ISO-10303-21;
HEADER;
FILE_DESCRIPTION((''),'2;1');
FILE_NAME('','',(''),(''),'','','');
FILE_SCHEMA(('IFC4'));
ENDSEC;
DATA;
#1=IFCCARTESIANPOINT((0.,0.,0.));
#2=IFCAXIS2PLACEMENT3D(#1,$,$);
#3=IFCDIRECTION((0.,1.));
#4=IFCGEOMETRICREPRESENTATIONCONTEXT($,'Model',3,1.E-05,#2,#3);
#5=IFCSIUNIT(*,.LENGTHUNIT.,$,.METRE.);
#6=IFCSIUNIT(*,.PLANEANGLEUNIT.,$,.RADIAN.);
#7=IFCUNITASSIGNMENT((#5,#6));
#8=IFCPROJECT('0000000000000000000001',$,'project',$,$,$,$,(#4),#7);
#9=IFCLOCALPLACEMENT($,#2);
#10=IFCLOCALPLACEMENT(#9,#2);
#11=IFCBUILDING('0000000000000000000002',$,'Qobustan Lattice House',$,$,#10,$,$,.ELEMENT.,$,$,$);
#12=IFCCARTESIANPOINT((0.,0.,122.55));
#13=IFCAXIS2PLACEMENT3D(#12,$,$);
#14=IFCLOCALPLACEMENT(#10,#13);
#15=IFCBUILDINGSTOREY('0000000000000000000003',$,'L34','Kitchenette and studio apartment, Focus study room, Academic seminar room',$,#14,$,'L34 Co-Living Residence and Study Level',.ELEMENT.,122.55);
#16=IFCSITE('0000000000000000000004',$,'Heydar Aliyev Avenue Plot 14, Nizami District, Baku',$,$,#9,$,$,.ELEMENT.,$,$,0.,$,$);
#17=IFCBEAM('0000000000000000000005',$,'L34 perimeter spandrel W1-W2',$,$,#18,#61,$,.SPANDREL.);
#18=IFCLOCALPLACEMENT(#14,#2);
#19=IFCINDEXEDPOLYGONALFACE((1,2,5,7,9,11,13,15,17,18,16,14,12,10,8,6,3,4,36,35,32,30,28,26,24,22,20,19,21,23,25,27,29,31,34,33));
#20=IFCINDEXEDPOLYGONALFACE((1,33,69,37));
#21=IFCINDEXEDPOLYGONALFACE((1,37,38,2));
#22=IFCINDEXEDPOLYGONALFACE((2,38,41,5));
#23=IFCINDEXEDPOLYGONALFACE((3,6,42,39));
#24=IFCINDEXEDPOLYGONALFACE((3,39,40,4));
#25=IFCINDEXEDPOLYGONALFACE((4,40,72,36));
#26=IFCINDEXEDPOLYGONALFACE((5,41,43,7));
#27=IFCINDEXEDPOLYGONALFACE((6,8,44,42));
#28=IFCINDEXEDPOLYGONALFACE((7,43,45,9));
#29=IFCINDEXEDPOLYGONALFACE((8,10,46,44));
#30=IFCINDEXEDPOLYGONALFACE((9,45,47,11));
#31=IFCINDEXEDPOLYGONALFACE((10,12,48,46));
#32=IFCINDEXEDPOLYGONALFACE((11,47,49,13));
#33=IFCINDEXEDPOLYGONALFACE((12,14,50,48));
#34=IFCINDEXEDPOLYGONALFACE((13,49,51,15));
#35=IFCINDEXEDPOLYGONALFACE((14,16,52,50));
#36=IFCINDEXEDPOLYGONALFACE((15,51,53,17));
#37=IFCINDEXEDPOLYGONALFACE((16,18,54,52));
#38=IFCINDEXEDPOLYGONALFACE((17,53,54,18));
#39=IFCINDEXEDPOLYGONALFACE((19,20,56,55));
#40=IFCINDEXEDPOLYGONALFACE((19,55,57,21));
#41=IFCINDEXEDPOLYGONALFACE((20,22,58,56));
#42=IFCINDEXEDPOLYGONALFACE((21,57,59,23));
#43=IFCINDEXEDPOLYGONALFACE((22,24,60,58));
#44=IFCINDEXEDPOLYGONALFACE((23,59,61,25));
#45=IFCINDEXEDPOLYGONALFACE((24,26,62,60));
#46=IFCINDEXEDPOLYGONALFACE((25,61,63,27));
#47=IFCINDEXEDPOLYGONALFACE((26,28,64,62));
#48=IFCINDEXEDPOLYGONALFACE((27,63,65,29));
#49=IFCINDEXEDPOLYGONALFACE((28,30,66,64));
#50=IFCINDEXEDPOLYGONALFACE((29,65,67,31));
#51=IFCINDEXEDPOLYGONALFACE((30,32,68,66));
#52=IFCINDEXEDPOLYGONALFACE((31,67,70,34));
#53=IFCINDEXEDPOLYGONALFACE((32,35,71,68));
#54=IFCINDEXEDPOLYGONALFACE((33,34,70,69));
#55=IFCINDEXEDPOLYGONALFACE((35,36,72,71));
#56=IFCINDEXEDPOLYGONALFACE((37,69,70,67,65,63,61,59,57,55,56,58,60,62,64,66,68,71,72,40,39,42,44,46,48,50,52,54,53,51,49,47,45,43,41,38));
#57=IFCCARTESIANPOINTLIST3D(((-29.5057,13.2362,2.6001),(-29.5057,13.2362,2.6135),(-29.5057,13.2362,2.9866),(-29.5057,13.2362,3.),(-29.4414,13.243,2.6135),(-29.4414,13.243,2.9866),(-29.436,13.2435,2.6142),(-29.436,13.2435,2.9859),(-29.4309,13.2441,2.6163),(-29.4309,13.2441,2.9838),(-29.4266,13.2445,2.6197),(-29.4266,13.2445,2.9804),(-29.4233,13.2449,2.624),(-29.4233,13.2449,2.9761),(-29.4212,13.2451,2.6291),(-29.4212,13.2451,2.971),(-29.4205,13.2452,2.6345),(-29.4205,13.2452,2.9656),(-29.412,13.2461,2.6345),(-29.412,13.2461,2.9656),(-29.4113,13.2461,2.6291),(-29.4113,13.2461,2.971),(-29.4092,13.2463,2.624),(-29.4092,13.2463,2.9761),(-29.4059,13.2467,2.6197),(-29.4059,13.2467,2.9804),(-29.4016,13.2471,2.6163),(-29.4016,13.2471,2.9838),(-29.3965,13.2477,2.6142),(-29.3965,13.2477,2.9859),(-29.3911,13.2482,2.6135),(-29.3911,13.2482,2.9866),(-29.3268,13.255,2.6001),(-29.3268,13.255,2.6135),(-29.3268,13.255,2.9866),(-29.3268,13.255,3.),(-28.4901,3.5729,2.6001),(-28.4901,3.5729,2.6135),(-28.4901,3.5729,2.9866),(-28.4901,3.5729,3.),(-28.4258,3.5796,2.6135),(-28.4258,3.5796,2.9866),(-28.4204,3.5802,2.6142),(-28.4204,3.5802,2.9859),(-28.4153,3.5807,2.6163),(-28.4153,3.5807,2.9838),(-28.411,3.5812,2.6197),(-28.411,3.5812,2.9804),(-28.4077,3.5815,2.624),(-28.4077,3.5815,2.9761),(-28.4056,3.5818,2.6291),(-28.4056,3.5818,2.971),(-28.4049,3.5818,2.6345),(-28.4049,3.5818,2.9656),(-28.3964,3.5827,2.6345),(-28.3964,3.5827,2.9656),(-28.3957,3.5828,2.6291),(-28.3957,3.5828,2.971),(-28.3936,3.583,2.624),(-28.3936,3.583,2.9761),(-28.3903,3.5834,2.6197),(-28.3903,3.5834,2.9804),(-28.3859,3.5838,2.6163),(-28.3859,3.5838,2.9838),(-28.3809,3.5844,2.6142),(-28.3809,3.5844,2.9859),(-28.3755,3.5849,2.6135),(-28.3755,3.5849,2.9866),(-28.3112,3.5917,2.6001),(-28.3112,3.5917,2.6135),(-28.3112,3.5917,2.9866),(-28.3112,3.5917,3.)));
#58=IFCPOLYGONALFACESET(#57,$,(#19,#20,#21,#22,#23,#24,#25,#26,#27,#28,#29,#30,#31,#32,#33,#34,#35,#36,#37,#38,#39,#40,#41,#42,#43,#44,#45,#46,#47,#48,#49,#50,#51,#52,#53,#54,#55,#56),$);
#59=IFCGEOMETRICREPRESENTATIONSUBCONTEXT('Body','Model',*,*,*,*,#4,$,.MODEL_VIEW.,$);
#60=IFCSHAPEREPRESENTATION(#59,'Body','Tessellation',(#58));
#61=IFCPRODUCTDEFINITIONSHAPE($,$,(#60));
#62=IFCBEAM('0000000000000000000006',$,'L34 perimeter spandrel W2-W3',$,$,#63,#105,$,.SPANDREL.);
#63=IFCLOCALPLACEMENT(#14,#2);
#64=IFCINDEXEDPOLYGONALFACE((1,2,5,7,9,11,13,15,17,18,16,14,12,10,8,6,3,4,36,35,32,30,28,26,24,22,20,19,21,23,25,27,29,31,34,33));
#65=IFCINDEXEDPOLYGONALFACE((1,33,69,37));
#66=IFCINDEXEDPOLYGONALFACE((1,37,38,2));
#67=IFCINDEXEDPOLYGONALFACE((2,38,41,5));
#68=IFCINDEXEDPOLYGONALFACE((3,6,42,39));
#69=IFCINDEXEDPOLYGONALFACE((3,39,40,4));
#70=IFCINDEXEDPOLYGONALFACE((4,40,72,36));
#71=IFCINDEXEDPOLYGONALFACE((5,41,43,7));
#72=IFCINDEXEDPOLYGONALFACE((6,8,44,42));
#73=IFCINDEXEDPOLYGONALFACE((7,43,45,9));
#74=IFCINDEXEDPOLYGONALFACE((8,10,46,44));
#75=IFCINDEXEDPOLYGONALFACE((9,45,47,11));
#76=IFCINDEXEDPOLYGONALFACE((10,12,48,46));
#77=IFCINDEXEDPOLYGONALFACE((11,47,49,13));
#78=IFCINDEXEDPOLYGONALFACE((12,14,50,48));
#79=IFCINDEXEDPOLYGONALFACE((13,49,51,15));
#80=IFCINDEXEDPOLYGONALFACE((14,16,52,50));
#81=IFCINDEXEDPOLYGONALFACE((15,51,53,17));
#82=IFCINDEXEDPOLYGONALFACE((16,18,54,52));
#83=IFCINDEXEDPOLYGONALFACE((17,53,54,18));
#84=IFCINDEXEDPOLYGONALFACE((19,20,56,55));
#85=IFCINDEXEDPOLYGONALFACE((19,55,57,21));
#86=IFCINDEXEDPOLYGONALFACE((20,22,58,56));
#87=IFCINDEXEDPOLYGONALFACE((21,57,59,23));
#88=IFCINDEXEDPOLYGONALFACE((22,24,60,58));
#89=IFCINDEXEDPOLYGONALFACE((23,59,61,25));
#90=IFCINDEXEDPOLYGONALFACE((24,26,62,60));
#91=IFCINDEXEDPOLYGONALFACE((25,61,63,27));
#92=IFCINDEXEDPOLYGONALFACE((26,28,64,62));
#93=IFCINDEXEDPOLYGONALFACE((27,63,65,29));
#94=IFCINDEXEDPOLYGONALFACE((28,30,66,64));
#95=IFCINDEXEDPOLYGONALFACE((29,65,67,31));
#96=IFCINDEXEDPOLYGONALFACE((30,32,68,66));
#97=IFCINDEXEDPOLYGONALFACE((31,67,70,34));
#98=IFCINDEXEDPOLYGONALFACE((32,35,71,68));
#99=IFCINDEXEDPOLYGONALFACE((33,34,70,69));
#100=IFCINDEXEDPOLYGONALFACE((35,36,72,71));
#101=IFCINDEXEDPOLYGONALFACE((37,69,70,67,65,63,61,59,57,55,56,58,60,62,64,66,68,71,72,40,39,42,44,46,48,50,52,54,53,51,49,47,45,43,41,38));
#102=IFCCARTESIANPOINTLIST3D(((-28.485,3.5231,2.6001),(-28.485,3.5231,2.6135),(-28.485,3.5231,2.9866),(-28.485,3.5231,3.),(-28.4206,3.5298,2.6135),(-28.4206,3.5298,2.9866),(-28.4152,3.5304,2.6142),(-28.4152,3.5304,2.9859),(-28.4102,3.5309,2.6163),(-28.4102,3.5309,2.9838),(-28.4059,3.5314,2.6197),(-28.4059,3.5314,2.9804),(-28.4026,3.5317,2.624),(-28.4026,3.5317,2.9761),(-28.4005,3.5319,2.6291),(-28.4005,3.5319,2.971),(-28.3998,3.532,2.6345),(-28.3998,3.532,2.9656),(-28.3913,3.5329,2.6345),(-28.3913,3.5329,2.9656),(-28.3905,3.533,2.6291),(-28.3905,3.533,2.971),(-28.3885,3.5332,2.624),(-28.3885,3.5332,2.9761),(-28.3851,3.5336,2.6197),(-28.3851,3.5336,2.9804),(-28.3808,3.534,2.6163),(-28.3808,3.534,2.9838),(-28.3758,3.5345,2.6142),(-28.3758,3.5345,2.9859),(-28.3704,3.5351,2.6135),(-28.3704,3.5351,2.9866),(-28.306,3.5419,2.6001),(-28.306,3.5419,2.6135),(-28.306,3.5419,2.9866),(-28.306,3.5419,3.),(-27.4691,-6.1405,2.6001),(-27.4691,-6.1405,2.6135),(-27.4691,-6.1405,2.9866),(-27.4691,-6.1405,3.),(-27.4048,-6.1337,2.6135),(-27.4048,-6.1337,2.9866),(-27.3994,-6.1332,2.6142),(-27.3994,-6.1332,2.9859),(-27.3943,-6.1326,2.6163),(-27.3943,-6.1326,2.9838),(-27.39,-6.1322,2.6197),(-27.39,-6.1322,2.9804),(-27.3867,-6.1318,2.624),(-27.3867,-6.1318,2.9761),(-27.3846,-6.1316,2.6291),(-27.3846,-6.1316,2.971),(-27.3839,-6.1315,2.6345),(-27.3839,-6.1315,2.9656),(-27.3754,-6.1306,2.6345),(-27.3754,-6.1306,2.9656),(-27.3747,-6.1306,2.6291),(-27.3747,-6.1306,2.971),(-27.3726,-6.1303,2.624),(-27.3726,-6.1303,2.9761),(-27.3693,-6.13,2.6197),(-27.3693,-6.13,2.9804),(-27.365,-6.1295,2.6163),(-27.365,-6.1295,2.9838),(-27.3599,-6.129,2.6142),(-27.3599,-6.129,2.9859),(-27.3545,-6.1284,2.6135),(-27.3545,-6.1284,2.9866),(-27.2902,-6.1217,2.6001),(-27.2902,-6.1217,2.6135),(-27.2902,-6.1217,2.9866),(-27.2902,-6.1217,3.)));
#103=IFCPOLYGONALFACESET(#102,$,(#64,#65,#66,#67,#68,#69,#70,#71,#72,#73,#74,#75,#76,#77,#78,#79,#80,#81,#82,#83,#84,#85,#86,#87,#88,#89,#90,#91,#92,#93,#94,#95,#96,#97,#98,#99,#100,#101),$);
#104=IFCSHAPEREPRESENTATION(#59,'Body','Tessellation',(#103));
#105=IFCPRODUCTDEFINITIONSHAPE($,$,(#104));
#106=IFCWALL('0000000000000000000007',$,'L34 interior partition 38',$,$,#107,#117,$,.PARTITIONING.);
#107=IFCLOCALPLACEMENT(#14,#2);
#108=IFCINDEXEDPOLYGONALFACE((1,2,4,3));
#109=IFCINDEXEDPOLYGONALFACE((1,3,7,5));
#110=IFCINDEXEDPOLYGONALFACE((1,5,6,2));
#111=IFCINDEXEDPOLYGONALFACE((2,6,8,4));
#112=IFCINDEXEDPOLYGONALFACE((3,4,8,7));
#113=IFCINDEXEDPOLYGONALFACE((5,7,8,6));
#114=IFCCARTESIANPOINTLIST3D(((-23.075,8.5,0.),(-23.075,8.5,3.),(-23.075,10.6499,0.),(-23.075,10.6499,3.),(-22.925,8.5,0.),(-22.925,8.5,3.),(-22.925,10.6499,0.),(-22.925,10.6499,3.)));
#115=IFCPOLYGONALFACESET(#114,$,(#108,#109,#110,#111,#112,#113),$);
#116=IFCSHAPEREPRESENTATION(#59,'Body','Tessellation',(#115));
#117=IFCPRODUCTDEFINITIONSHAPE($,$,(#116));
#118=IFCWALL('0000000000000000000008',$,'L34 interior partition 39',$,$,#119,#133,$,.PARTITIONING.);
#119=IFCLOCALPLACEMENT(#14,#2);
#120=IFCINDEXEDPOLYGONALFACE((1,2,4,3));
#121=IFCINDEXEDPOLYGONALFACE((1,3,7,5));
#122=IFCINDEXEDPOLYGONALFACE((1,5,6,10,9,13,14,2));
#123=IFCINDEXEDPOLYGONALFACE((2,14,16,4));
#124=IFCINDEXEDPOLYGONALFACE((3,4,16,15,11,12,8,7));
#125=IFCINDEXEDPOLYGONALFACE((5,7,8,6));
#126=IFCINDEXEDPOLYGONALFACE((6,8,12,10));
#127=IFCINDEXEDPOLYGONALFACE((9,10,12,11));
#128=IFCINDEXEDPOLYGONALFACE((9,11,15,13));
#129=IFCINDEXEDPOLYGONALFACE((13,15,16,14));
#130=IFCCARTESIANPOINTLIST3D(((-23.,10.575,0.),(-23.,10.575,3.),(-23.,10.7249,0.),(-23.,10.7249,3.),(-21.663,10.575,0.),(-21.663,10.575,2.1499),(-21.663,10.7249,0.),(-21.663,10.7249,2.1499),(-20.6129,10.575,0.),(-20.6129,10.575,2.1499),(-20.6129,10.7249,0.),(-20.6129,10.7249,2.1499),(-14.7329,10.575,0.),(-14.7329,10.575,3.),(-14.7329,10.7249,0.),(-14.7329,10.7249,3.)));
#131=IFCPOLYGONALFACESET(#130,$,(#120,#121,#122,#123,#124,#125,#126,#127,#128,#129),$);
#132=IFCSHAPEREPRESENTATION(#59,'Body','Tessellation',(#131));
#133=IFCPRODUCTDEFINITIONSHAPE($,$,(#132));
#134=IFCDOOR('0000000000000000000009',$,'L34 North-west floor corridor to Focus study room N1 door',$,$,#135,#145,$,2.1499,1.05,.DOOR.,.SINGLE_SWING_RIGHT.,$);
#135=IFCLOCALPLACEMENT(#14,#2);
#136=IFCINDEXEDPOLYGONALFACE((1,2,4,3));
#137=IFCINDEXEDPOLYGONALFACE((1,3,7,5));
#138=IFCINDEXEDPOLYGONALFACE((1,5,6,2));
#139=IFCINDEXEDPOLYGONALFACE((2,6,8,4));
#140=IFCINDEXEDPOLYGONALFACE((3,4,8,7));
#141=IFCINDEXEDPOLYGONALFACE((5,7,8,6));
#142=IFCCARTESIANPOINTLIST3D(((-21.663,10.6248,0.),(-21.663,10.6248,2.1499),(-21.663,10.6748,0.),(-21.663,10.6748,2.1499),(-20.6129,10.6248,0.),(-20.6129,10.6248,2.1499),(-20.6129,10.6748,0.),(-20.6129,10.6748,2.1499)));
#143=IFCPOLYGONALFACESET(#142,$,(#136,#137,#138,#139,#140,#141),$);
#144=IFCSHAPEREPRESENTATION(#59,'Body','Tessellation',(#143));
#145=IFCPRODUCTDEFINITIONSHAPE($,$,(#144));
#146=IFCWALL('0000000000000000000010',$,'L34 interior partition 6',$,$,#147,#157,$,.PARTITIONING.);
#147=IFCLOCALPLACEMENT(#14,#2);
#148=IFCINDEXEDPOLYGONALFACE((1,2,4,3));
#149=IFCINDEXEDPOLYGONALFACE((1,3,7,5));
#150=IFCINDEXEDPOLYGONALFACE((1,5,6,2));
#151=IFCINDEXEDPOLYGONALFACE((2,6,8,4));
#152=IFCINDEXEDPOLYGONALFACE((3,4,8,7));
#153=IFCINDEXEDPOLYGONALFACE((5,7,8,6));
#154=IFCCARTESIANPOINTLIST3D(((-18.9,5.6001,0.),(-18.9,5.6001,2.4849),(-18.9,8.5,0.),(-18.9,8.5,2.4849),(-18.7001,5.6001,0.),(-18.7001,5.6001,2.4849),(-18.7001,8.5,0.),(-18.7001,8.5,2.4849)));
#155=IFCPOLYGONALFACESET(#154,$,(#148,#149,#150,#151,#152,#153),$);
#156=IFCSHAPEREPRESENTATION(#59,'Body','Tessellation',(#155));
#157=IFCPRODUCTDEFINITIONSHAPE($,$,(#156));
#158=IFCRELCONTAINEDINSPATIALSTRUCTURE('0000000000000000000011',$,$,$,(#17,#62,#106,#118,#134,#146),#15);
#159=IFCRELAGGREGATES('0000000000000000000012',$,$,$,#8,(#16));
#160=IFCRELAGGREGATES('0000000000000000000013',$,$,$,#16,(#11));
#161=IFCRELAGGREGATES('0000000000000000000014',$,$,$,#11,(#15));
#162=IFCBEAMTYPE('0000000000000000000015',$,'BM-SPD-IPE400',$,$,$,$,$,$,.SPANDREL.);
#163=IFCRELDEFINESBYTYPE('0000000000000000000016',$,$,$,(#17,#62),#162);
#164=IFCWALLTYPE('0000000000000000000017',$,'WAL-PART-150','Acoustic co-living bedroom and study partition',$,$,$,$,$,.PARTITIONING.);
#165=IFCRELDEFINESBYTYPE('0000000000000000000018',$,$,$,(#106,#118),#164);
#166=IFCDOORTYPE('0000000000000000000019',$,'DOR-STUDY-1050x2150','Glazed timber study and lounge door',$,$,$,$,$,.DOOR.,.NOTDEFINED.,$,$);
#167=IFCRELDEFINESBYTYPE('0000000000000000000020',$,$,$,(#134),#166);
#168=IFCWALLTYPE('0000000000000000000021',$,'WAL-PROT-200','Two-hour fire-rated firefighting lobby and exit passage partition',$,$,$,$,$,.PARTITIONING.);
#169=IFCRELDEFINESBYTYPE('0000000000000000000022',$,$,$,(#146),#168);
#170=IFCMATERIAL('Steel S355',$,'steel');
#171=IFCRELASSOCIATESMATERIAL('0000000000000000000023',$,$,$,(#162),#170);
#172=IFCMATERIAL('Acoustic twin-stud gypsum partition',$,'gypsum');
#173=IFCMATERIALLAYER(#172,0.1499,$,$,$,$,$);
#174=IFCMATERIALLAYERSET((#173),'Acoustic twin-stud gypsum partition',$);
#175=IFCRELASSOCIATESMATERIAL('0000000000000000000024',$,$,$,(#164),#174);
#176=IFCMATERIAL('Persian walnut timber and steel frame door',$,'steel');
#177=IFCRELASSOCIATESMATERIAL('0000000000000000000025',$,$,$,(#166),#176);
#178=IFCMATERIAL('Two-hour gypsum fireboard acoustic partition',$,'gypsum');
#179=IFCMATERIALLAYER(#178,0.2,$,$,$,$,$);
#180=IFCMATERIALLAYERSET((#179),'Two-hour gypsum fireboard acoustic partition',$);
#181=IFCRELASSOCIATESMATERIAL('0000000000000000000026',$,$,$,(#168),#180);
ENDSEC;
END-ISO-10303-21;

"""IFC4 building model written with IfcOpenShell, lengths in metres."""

from ifc_helpers import new_model, si_unit, direction, frame, frame_2d, origin, origin_2d, place, context, subcontext, project, spatial, rectangle, i_section, extrude, material, layer, layer_set, material_profile, profile_set, type_object, element, fill, save


model = new_model("IFC4")

# Units and contexts
model_context = context("Model", 3, precision=1e-05, world=origin(), true_north=direction((0.0, 1.0)))
body_context = subcontext(model_context, "Body", "Model", "MODEL_VIEW")
ifc_project = project(units=[si_unit("LENGTHUNIT", "METRE"), si_unit("PLANEANGLEUNIT", "RADIAN")], contexts=[model_context])

# Site, building, storey
site_placement = place(None, origin())
site = spatial("IfcSite", under=ifc_project, at=site_placement, Name="Heydar Aliyev Avenue Plot 14, Nizami District, Baku", CompositionType="ELEMENT", RefElevation=0.0)
building_placement = place(site_placement, origin())
building = spatial("IfcBuilding", under=site, at=building_placement, Name="Qobustan Lattice House", CompositionType="ELEMENT")
storey_placement = place(building_placement, frame((0.0, 0.0, 122.55)))
storey = spatial("IfcBuildingStorey", under=building, at=storey_placement, Name="L34", Description="Kitchenette and studio apartment, Focus study room, Academic seminar room", LongName="L34 Co-Living Residence and Study Level", CompositionType="ELEMENT", Elevation=122.55)

# Beams
ifc_material_1 = material(Name="Steel S355", Category="steel")
ifc_material_profile_1 = material_profile(ifc_material_1, i_section(OverallWidth=0.1799, OverallDepth=0.3999, WebThickness=0.0085, FlangeThickness=0.0134, FilletRadius=0.021, at=origin_2d()), Name="IPE400")
ifc_profile_set_1 = profile_set([ifc_material_profile_1], Name="Steel S355")
beam_type_1 = type_object("IfcBeamType", Name="BM-SPD-IPE400", PredefinedType="SPANDREL", material=ifc_profile_set_1)
beam_1_placement = place(storey_placement, frame((-29.4163, 13.2456, 2.8), z_axis=(0.104525, -0.994522, 0.0), x_axis=(0.994522, 0.104525, 0.0)))
element("IfcBeam", 1, at=beam_1_placement, inside=storey, type_object=beam_type_1, Name="L34 perimeter spandrel W1-W2", PredefinedType="SPANDREL", context=body_context, shape_type="SweptSolid", body=[
    extrude(i_section(OverallWidth=0.1799, OverallDepth=0.3999, WebThickness=0.0085, FlangeThickness=0.0134, FilletRadius=0.021, at=origin_2d()), origin(), (0.0, 0.0, 1.0), 9.7166),
])
beam_2_placement = place(storey_placement, frame((-28.3955, 3.5325, 2.8), z_axis=(0.104547, -0.99452, 0.0), x_axis=(0.99452, 0.104547, 0.0)))
element("IfcBeam", 2, at=beam_2_placement, inside=storey, type_object=beam_type_1, Name="L34 perimeter spandrel W2-W3", PredefinedType="SPANDREL", context=body_context, shape_type="SweptSolid", body=[
    extrude(i_section(OverallWidth=0.1799, OverallDepth=0.3999, WebThickness=0.0085, FlangeThickness=0.0134, FilletRadius=0.021, at=origin_2d()), origin(), (0.0, 0.0, 1.0), 9.7168),
])

# Shared definitions
ifc_material_2 = material(Name="Acoustic twin-stud gypsum partition", Category="gypsum")
ifc_layer_1 = layer(ifc_material_2, 0.1499)
ifc_layer_set_1 = layer_set([ifc_layer_1], Name="Acoustic twin-stud gypsum partition")
wall_type_1 = type_object("IfcWallType", Name="WAL-PART-150", Description="Acoustic co-living bedroom and study partition", PredefinedType="PARTITIONING", material=ifc_layer_set_1)
ifc_material_3 = material(Name="Persian walnut timber and steel frame door", Category="steel")
door_type_1 = type_object("IfcDoorType", Name="DOR-STUDY-1050x2150", Description="Glazed timber study and lounge door", OperationType="NOTDEFINED", PredefinedType="DOOR", material=ifc_material_3)

# Wall
wall_1_placement = place(storey_placement, frame((-23.0, 8.5, 0.0), z_axis=(0.0, 0.0, 1.0), x_axis=(0.0, 1.0, 0.0)))
element("IfcWall", 3, at=wall_1_placement, inside=storey, type_object=wall_type_1, Name="L34 interior partition 38", PredefinedType="PARTITIONING", context=body_context, shape_type="SweptSolid", body=[
    extrude(rectangle(XDim=2.1499, YDim=0.1499, at=frame_2d((1.075, 0.0))), origin(), (0.0, 0.0, 1.0), 3.0),
])

# Wall, opening, door
wall_2_placement = place(storey_placement, frame((-23.0, 10.6499, 0.0), z_axis=(0.0, 0.0, 1.0), x_axis=(1.0, 0.0, 0.0)))
wall_2 = element("IfcWall", 4, at=wall_2_placement, inside=storey, type_object=wall_type_1, Name="L34 interior partition 39", PredefinedType="PARTITIONING", context=body_context, shape_type="SweptSolid", body=[
    extrude(rectangle(XDim=8.2671, YDim=0.1499, at=frame_2d((4.1335, 0.0))), origin(), (0.0, 0.0, 1.0), 3.0),
])
opening_1_placement = place(wall_2_placement, frame((1.3372, 0.0, 0.0)))
opening_1 = element("IfcOpeningElement", 5, at=opening_1_placement, cuts=wall_2, PredefinedType="OPENING", context=body_context, shape_type="SweptSolid", body=[
    extrude(rectangle(XDim=1.05, YDim=2.1499, at=frame_2d((0.5249, 1.075))), frame((0.0, 0.085, 0.0), z_axis=(0.0, -1.0, 0.0), x_axis=(1.0, 0.0, 0.0)), (0.0, 0.0, 1.0), 0.1699),
])
door_1_placement = place(opening_1_placement, origin())
door_1 = element("IfcDoor", 6, at=door_1_placement, inside=storey, type_object=door_type_1, Name="L34 North-west floor corridor to Focus study room N1 door", OperationType="SINGLE_SWING_RIGHT", OverallHeight=2.1499, OverallWidth=1.05, PredefinedType="DOOR", context=body_context, shape_type="SweptSolid", body=[
    extrude(rectangle(XDim=1.05, YDim=2.1499, at=frame_2d((0.5249, 1.075))), frame((0.0, 0.0249, 0.0), z_axis=(0.0, -1.0, 0.0), x_axis=(1.0, 0.0, 0.0)), (0.0, 0.0, 1.0), 0.05),
])
fill(opening_1, door_1)

# Wall
ifc_material_4 = material(Name="Two-hour gypsum fireboard acoustic partition", Category="gypsum")
ifc_layer_2 = layer(ifc_material_4, 0.2)
ifc_layer_set_2 = layer_set([ifc_layer_2], Name="Two-hour gypsum fireboard acoustic partition")
wall_type_2 = type_object("IfcWallType", Name="WAL-PROT-200", Description="Two-hour fire-rated firefighting lobby and exit passage partition", PredefinedType="PARTITIONING", material=ifc_layer_set_2)
wall_3_placement = place(storey_placement, frame((-18.8, 8.5, 0.0), z_axis=(0.0, 0.0, 1.0), x_axis=(0.0, -1.0, 0.0)))
element("IfcWall", 7, at=wall_3_placement, inside=storey, type_object=wall_type_2, Name="L34 interior partition 6", PredefinedType="PARTITIONING", context=body_context, shape_type="SweptSolid", body=[
    extrude(rectangle(XDim=2.8999, YDim=0.2, at=frame_2d((1.45, 0.0))), origin(), (0.0, 0.0, 1.0), 2.4849),
])

save(model, "model.ifc")
